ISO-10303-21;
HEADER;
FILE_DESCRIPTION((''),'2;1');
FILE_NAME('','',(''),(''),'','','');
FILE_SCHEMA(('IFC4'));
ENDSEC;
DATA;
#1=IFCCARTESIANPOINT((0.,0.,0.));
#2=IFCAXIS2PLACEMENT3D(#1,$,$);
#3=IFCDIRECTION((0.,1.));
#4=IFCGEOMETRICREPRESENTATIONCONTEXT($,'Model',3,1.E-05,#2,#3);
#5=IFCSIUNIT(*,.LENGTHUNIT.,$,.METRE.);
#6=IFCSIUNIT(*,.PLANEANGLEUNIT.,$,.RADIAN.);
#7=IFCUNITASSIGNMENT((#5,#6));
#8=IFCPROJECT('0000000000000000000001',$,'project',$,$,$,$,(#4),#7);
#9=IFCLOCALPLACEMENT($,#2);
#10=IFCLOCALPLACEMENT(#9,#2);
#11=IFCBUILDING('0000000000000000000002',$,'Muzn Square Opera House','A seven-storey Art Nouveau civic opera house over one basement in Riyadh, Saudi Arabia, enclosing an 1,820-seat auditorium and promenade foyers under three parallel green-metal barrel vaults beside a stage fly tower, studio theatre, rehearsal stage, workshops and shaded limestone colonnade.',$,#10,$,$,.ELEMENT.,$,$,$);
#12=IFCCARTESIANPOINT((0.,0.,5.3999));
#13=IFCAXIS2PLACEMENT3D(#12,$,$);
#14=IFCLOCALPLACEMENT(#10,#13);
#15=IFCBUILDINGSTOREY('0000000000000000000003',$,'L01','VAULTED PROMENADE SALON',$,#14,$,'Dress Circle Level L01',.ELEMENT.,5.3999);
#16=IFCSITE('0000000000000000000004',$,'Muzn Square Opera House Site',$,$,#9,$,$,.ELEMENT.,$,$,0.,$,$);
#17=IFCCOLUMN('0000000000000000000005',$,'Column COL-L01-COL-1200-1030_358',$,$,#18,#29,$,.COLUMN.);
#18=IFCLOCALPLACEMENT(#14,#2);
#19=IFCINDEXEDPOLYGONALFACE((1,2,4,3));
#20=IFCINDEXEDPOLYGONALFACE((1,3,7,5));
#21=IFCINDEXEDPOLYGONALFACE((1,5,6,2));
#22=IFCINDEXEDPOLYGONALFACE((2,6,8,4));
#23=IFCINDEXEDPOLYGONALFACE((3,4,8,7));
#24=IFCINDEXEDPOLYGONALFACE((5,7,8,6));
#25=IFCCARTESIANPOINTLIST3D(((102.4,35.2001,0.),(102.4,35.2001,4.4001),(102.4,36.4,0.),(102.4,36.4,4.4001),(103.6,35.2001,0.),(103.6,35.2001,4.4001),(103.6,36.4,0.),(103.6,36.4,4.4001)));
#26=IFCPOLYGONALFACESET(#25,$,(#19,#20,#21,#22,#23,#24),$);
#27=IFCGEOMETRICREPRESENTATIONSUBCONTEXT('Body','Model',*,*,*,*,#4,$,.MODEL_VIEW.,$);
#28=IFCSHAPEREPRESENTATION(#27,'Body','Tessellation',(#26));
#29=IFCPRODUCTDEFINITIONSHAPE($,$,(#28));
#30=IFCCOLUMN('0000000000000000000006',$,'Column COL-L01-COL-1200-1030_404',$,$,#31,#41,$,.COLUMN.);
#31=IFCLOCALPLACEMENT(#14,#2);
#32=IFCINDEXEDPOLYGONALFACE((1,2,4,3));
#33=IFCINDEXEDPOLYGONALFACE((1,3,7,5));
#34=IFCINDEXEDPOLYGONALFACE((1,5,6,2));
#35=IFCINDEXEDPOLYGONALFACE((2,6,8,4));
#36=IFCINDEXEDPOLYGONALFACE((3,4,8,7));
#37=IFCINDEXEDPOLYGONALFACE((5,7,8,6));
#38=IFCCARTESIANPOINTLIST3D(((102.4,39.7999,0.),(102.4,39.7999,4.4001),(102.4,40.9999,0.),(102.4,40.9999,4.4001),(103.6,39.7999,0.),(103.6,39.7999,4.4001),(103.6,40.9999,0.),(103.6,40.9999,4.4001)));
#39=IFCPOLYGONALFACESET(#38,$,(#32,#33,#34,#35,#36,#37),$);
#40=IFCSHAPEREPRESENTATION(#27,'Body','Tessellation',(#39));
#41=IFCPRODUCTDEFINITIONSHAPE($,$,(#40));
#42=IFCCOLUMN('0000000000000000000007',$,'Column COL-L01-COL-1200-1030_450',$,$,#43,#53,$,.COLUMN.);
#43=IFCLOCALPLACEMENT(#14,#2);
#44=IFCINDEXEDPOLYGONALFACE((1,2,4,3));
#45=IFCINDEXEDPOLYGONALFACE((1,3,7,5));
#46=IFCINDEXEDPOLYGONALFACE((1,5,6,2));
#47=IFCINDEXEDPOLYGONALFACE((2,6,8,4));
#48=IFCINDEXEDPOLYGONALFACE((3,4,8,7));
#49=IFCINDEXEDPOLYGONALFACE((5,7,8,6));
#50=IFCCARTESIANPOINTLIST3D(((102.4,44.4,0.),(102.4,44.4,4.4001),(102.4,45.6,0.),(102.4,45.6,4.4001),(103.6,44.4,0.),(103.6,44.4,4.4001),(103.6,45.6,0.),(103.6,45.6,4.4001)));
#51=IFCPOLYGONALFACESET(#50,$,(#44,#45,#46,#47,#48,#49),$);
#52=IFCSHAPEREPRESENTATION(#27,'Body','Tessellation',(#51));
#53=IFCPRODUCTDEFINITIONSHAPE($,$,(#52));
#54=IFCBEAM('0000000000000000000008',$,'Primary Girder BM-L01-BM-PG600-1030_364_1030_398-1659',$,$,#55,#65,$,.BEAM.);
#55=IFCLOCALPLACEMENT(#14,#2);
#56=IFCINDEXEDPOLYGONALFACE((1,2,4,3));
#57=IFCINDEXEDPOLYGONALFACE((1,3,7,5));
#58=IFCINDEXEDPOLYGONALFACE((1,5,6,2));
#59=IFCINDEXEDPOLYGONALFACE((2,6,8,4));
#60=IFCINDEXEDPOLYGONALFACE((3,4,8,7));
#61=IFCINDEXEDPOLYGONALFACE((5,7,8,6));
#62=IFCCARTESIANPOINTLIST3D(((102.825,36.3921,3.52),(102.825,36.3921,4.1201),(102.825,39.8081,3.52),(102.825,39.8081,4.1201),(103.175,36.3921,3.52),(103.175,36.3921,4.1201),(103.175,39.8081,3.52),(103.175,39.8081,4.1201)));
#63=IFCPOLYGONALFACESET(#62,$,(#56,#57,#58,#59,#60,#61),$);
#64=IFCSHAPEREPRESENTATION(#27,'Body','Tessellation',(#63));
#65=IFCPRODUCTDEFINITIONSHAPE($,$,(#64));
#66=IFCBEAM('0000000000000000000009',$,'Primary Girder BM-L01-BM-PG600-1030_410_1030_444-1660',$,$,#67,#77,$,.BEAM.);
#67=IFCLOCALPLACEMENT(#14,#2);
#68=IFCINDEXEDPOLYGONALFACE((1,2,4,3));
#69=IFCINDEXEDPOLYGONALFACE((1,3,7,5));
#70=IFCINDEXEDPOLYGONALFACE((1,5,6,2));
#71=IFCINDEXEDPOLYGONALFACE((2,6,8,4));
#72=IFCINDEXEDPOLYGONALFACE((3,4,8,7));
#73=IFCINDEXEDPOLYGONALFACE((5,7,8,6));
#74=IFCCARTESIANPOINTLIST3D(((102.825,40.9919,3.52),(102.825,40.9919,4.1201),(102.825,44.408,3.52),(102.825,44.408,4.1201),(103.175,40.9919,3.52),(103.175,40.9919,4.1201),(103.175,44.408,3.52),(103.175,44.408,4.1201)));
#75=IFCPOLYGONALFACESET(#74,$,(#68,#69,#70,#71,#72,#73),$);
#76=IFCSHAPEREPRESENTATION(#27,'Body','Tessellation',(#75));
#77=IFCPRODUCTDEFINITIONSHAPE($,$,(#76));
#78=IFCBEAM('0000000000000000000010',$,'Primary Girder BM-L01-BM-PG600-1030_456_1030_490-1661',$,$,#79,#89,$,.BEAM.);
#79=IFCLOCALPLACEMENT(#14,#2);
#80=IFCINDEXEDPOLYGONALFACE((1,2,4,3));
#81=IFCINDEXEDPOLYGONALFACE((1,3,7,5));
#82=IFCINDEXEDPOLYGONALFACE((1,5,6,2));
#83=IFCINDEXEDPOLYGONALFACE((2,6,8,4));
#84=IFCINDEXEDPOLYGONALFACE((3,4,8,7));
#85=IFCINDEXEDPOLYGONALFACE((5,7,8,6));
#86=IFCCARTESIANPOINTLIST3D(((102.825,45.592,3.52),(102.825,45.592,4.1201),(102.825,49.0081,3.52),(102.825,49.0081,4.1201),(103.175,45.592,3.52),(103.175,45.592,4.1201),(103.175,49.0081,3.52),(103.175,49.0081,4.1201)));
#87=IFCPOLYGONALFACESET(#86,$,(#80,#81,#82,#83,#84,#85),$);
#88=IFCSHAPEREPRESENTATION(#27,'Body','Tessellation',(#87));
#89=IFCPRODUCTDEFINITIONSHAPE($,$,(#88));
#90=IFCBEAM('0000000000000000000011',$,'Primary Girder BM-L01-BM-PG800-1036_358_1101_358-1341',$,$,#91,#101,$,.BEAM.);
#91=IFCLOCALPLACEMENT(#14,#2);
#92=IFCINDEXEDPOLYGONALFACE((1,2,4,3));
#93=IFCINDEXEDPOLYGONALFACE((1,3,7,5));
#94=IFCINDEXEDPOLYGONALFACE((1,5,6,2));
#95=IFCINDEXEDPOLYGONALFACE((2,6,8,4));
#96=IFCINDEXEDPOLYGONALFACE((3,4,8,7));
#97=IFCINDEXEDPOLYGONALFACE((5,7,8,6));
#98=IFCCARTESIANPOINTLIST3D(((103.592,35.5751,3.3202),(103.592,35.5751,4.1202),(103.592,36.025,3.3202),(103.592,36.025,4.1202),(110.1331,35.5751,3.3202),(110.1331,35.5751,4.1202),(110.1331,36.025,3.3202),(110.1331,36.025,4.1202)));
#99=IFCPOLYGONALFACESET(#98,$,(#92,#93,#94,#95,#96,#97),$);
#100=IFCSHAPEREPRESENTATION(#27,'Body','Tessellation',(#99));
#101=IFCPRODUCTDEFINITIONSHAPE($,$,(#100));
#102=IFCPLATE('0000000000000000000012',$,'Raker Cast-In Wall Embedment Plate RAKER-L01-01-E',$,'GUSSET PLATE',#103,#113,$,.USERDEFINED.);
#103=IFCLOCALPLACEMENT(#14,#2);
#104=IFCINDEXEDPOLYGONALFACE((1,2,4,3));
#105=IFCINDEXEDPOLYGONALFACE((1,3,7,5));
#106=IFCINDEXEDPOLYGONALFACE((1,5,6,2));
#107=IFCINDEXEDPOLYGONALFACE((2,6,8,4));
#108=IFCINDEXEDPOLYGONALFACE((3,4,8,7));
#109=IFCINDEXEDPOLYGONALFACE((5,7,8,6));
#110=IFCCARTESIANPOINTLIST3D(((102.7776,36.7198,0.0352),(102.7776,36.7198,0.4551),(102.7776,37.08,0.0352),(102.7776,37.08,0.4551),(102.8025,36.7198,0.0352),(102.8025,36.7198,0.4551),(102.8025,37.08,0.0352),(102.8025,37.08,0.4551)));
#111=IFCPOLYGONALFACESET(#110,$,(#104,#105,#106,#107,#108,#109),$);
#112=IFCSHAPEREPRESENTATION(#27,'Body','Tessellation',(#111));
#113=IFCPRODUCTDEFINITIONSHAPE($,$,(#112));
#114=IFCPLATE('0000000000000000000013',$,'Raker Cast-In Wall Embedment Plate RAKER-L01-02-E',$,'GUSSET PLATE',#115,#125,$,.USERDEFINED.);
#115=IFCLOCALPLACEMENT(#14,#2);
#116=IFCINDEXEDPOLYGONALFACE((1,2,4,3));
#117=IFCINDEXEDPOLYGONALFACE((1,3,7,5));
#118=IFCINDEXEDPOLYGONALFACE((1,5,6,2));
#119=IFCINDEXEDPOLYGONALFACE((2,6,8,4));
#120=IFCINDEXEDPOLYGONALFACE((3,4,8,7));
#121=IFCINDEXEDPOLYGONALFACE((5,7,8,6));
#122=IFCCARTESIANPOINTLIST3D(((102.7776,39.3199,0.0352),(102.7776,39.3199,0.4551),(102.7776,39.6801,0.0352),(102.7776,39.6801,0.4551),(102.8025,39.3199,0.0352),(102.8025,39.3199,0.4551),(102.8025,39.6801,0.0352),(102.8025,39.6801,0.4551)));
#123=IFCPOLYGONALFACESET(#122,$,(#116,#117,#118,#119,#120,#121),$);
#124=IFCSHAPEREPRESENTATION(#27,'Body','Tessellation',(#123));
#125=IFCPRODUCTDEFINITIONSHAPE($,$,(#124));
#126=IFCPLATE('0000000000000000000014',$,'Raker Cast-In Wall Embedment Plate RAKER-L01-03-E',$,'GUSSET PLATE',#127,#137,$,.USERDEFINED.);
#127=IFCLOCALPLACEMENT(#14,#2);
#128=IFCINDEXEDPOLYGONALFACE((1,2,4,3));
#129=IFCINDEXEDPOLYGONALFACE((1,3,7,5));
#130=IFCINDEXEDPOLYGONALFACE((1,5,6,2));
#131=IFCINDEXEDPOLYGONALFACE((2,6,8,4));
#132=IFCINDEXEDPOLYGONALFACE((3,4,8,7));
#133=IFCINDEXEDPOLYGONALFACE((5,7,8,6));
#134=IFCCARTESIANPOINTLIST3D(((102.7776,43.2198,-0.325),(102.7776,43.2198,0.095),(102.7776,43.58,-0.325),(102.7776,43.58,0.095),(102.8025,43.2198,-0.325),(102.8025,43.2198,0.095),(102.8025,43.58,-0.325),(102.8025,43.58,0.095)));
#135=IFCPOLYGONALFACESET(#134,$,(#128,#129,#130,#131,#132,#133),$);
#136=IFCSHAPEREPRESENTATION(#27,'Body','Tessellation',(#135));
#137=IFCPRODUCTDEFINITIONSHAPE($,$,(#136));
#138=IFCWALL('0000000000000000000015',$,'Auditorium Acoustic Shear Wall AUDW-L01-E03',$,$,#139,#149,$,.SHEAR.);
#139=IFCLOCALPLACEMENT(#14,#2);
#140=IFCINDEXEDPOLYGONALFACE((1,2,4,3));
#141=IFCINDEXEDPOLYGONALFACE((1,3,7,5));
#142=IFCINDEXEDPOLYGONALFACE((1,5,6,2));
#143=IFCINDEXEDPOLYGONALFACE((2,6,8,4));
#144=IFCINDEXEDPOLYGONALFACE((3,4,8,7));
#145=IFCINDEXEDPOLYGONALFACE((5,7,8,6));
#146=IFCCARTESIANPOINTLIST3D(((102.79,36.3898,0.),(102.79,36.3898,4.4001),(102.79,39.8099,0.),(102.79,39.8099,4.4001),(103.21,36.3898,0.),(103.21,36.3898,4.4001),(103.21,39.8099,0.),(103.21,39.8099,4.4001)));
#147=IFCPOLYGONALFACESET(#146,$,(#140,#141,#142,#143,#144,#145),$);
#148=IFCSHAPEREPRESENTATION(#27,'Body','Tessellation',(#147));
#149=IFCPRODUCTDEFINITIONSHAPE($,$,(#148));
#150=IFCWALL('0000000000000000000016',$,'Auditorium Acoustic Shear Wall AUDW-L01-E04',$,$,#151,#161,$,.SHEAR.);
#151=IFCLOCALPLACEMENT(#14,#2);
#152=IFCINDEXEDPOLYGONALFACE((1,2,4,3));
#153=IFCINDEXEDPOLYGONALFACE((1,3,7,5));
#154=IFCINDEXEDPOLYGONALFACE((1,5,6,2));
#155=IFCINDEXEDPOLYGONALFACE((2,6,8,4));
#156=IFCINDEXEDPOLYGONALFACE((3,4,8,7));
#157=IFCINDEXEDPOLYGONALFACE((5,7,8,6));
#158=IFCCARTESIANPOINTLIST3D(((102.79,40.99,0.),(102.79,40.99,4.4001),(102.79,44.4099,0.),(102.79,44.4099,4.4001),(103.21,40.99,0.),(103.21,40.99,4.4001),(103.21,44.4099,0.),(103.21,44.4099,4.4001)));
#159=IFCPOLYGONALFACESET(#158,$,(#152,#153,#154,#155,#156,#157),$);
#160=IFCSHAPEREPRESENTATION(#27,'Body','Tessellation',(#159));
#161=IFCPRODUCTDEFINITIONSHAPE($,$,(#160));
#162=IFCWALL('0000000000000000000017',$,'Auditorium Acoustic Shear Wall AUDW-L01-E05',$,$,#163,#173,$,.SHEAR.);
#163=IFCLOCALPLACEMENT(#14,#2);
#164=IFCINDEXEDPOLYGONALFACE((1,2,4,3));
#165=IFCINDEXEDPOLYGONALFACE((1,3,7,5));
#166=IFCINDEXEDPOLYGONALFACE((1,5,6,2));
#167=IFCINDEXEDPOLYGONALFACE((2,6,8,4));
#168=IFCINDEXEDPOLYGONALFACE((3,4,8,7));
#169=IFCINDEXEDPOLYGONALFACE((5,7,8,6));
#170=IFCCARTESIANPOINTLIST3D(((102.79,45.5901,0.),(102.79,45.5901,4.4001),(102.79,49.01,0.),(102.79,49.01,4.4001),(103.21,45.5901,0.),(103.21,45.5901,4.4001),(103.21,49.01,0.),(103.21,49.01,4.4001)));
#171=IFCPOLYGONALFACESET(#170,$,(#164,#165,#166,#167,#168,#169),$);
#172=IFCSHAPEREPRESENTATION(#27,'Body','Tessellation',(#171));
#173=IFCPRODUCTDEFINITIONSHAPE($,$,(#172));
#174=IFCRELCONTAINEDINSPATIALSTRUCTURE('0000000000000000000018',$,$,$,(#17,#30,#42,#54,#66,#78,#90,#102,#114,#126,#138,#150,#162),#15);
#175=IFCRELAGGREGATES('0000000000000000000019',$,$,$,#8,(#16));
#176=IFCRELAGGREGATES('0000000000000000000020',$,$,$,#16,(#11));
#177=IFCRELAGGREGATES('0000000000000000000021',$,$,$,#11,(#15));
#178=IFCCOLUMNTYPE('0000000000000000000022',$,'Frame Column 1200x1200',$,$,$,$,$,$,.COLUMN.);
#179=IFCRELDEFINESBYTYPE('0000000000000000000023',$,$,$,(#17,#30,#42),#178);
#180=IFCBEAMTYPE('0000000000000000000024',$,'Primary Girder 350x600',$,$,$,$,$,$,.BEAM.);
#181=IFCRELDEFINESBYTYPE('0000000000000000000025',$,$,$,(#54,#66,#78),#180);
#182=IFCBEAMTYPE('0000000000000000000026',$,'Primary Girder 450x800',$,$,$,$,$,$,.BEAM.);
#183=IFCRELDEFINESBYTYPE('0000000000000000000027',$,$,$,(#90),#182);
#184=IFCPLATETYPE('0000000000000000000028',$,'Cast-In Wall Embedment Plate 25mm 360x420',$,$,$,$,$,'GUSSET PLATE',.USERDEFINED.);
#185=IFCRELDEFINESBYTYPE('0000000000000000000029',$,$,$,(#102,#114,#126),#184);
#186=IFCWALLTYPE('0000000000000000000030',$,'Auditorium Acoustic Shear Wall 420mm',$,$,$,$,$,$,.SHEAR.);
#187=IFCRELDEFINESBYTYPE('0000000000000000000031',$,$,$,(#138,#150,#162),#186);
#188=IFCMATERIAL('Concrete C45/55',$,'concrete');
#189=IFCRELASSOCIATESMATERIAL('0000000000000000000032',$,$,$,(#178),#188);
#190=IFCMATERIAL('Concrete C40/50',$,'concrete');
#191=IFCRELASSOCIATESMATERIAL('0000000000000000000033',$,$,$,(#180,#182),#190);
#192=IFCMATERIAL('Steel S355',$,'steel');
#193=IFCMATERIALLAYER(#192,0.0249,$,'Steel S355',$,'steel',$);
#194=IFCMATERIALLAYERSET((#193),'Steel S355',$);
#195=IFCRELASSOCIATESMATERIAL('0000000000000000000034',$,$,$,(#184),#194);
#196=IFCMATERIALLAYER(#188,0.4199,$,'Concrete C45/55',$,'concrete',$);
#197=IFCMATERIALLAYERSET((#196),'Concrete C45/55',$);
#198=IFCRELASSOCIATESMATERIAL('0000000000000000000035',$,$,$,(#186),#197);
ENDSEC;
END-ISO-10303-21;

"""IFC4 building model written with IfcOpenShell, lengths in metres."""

from ifc_helpers import new_model, si_unit, direction, frame, frame_2d, origin, origin_2d, place, context, subcontext, project, spatial, rectangle, extrude, material, layer, layer_set, material_profile, profile_set, type_object, element, save


model = new_model("IFC4")

# Units and contexts
model_context = context("Model", 3, precision=1e-05, world=origin(), true_north=direction((0.0, 1.0)))
body_context = subcontext(model_context, "Body", "Model", "MODEL_VIEW")
ifc_project = project(units=[si_unit("LENGTHUNIT", "METRE"), si_unit("PLANEANGLEUNIT", "RADIAN")], contexts=[model_context])

# Site, building, storey
site_placement = place(None, origin())
site = spatial("IfcSite", under=ifc_project, at=site_placement, Name="Muzn Square Opera House Site", CompositionType="ELEMENT", RefElevation=0.0)
building_placement = place(site_placement, origin())
building = spatial("IfcBuilding", under=site, at=building_placement, Name="Muzn Square Opera House", Description="A seven-storey Art Nouveau civic opera house over one basement in Riyadh, Saudi Arabia, enclosing an 1,820-seat auditorium and promenade foyers under three parallel green-metal barrel vaults beside a stage fly tower, studio theatre, rehearsal stage, workshops and shaded limestone colonnade.", CompositionType="ELEMENT")
storey_placement = place(building_placement, frame((0.0, 0.0, 5.3999)))
storey = spatial("IfcBuildingStorey", under=building, at=storey_placement, Name="L01", Description="VAULTED PROMENADE SALON", LongName="Dress Circle Level L01", CompositionType="ELEMENT", Elevation=5.3999)

# Columns
ifc_material_1 = material(Name="Concrete C45/55", Category="concrete")
ifc_material_profile_1 = material_profile(ifc_material_1, rectangle(XDim=1.2, YDim=1.2, at=origin_2d()), Name="RC 1200x1200", Category="concrete")
ifc_profile_set_1 = profile_set([ifc_material_profile_1], Name="Concrete C45/55")
column_type = type_object("IfcColumnType", Name="Frame Column 1200x1200", PredefinedType="COLUMN", material=ifc_profile_set_1)
for number, where, z_axis, x_axis, name in (
    (1, (103.0, 35.8, 0.0), (0.0, 0.0, 1.0), (1.0, 0.0, 0.0), "Column COL-L01-COL-1200-1030_358"),
    (2, (103.0, 40.3999, 0.0), (0.0, 0.0, 1.0), (1.0, 0.0, 0.0), "Column COL-L01-COL-1200-1030_404"),
    (3, (103.0, 45.0, 0.0), (0.0, 0.0, 1.0), (1.0, 0.0, 0.0), "Column COL-L01-COL-1200-1030_450"),
):
    element("IfcColumn", number, at=place(storey_placement, frame(where, z_axis=z_axis, x_axis=x_axis)), inside=storey, type_object=column_type, Name=name, PredefinedType="COLUMN", context=body_context, shape_type="SweptSolid", body=[
        extrude(rectangle(XDim=1.2, YDim=1.2, at=origin_2d()), origin(), (0.0, 0.0, 1.0), 4.4001),
    ])

# Beams
ifc_material_2 = material(Name="Concrete C40/50", Category="concrete")
ifc_material_profile_2 = material_profile(ifc_material_2, rectangle(XDim=0.3501, YDim=0.6001, at=origin_2d()), Name="RCB 350x600", Category="concrete")
ifc_profile_set_2 = profile_set([ifc_material_profile_2], Name="Concrete C40/50")
beam_type_1 = type_object("IfcBeamType", Name="Primary Girder 350x600", PredefinedType="BEAM", material=ifc_profile_set_2)
for number, where, z_axis, x_axis, name in (
    (4, (103.0, 36.3921, 3.8201), (0.0, 1.0, 0.0), (-1.0, 0.0, 0.0), "Primary Girder BM-L01-BM-PG600-1030_364_1030_398-1659"),
    (5, (103.0, 40.9919, 3.8201), (0.0, 1.0, 0.0), (-1.0, 0.0, 0.0), "Primary Girder BM-L01-BM-PG600-1030_410_1030_444-1660"),
    (6, (103.0, 45.592, 3.8201), (0.0, 1.0, 0.0), (-1.0, 0.0, 0.0), "Primary Girder BM-L01-BM-PG600-1030_456_1030_490-1661"),
):
    element("IfcBeam", number, at=place(storey_placement, frame(where, z_axis=z_axis, x_axis=x_axis)), inside=storey, type_object=beam_type_1, Name=name, PredefinedType="BEAM", context=body_context, shape_type="SweptSolid", body=[
        extrude(rectangle(XDim=0.3501, YDim=0.6001, at=origin_2d()), origin(), (0.0, 0.0, 1.0), 3.416),
    ])
ifc_material_profile_3 = material_profile(ifc_material_2, rectangle(XDim=0.45, YDim=0.8, at=origin_2d()), Name="RCB 450x800", Category="concrete")
ifc_profile_set_3 = profile_set([ifc_material_profile_3], Name="Concrete C40/50")
beam_type_2 = type_object("IfcBeamType", Name="Primary Girder 450x800", PredefinedType="BEAM", material=ifc_profile_set_3)
beam_placement = place(storey_placement, frame((103.592, 35.8, 3.7202), z_axis=(1.0, 0.0, 0.0), x_axis=(0.0, 1.0, 0.0)))
element("IfcBeam", 7, at=beam_placement, inside=storey, type_object=beam_type_2, Name="Primary Girder BM-L01-BM-PG800-1036_358_1101_358-1341", PredefinedType="BEAM", context=body_context, shape_type="SweptSolid", body=[
    extrude(rectangle(XDim=0.45, YDim=0.8, at=origin_2d()), origin(), (0.0, 0.0, 1.0), 6.541),
])

# Plates
ifc_material_3 = material(Name="Steel S355", Category="steel")
ifc_layer_1 = layer(ifc_material_3, 0.0249, Name="Steel S355", Category="steel")
ifc_layer_set_1 = layer_set([ifc_layer_1], Name="Steel S355")
plate_type = type_object("IfcPlateType", Name="Cast-In Wall Embedment Plate 25mm 360x420", ElementType="GUSSET PLATE", PredefinedType="USERDEFINED", material=ifc_layer_set_1)
for number, where, z_axis, x_axis, name in (
    (8, (102.79, 36.8999, 0.0352), (0.0, 0.0, 1.0), (1.0, 0.0, 0.0), "Raker Cast-In Wall Embedment Plate RAKER-L01-01-E"),
    (9, (102.79, 39.5, 0.0352), (0.0, 0.0, 1.0), (1.0, 0.0, 0.0), "Raker Cast-In Wall Embedment Plate RAKER-L01-02-E"),
    (10, (102.79, 43.3999, -0.325), (0.0, 0.0, 1.0), (1.0, 0.0, 0.0), "Raker Cast-In Wall Embedment Plate RAKER-L01-03-E"),
):
    element("IfcPlate", number, at=place(storey_placement, frame(where, z_axis=z_axis, x_axis=x_axis)), inside=storey, type_object=plate_type, Name=name, ObjectType="GUSSET PLATE", PredefinedType="USERDEFINED", context=body_context, shape_type="SweptSolid", body=[
        extrude(rectangle(XDim=0.0249, YDim=0.3601, at=origin_2d()), origin(), (0.0, 0.0, 1.0), 0.4199),
    ])

# Walls
ifc_layer_2 = layer(ifc_material_1, 0.4199, Name="Concrete C45/55", Category="concrete")
ifc_layer_set_2 = layer_set([ifc_layer_2], Name="Concrete C45/55")
wall_type = type_object("IfcWallType", Name="Auditorium Acoustic Shear Wall 420mm", PredefinedType="SHEAR", material=ifc_layer_set_2)
wall_placement = place(storey_placement, frame((103.0, 36.3899, 0.0), z_axis=(0.0, 0.0, 1.0), x_axis=(0.0, 1.0, 0.0)))
element("IfcWall", 11, at=wall_placement, inside=storey, type_object=wall_type, Name="Auditorium Acoustic Shear Wall AUDW-L01-E03", PredefinedType="SHEAR", context=body_context, shape_type="SweptSolid", body=[
    extrude(rectangle(XDim=3.4202, YDim=0.4199, at=frame_2d((1.71, 0.0))), origin(), (0.0, 0.0, 1.0), 4.4001),
])
for number, where, z_axis, x_axis, name in (
    (12, (103.0, 40.99, 0.0), (0.0, 0.0, 1.0), (0.0, 1.0, 0.0), "Auditorium Acoustic Shear Wall AUDW-L01-E04"),
    (13, (103.0, 45.5901, 0.0), (0.0, 0.0, 1.0), (0.0, 1.0, 0.0), "Auditorium Acoustic Shear Wall AUDW-L01-E05"),
):
    element("IfcWall", number, at=place(storey_placement, frame(where, z_axis=z_axis, x_axis=x_axis)), inside=storey, type_object=wall_type, Name=name, PredefinedType="SHEAR", context=body_context, shape_type="SweptSolid", body=[
        extrude(rectangle(XDim=3.4199, YDim=0.4199, at=frame_2d((1.71, 0.0))), origin(), (0.0, 0.0, 1.0), 4.4001),
    ])

save(model, "model.ifc")
